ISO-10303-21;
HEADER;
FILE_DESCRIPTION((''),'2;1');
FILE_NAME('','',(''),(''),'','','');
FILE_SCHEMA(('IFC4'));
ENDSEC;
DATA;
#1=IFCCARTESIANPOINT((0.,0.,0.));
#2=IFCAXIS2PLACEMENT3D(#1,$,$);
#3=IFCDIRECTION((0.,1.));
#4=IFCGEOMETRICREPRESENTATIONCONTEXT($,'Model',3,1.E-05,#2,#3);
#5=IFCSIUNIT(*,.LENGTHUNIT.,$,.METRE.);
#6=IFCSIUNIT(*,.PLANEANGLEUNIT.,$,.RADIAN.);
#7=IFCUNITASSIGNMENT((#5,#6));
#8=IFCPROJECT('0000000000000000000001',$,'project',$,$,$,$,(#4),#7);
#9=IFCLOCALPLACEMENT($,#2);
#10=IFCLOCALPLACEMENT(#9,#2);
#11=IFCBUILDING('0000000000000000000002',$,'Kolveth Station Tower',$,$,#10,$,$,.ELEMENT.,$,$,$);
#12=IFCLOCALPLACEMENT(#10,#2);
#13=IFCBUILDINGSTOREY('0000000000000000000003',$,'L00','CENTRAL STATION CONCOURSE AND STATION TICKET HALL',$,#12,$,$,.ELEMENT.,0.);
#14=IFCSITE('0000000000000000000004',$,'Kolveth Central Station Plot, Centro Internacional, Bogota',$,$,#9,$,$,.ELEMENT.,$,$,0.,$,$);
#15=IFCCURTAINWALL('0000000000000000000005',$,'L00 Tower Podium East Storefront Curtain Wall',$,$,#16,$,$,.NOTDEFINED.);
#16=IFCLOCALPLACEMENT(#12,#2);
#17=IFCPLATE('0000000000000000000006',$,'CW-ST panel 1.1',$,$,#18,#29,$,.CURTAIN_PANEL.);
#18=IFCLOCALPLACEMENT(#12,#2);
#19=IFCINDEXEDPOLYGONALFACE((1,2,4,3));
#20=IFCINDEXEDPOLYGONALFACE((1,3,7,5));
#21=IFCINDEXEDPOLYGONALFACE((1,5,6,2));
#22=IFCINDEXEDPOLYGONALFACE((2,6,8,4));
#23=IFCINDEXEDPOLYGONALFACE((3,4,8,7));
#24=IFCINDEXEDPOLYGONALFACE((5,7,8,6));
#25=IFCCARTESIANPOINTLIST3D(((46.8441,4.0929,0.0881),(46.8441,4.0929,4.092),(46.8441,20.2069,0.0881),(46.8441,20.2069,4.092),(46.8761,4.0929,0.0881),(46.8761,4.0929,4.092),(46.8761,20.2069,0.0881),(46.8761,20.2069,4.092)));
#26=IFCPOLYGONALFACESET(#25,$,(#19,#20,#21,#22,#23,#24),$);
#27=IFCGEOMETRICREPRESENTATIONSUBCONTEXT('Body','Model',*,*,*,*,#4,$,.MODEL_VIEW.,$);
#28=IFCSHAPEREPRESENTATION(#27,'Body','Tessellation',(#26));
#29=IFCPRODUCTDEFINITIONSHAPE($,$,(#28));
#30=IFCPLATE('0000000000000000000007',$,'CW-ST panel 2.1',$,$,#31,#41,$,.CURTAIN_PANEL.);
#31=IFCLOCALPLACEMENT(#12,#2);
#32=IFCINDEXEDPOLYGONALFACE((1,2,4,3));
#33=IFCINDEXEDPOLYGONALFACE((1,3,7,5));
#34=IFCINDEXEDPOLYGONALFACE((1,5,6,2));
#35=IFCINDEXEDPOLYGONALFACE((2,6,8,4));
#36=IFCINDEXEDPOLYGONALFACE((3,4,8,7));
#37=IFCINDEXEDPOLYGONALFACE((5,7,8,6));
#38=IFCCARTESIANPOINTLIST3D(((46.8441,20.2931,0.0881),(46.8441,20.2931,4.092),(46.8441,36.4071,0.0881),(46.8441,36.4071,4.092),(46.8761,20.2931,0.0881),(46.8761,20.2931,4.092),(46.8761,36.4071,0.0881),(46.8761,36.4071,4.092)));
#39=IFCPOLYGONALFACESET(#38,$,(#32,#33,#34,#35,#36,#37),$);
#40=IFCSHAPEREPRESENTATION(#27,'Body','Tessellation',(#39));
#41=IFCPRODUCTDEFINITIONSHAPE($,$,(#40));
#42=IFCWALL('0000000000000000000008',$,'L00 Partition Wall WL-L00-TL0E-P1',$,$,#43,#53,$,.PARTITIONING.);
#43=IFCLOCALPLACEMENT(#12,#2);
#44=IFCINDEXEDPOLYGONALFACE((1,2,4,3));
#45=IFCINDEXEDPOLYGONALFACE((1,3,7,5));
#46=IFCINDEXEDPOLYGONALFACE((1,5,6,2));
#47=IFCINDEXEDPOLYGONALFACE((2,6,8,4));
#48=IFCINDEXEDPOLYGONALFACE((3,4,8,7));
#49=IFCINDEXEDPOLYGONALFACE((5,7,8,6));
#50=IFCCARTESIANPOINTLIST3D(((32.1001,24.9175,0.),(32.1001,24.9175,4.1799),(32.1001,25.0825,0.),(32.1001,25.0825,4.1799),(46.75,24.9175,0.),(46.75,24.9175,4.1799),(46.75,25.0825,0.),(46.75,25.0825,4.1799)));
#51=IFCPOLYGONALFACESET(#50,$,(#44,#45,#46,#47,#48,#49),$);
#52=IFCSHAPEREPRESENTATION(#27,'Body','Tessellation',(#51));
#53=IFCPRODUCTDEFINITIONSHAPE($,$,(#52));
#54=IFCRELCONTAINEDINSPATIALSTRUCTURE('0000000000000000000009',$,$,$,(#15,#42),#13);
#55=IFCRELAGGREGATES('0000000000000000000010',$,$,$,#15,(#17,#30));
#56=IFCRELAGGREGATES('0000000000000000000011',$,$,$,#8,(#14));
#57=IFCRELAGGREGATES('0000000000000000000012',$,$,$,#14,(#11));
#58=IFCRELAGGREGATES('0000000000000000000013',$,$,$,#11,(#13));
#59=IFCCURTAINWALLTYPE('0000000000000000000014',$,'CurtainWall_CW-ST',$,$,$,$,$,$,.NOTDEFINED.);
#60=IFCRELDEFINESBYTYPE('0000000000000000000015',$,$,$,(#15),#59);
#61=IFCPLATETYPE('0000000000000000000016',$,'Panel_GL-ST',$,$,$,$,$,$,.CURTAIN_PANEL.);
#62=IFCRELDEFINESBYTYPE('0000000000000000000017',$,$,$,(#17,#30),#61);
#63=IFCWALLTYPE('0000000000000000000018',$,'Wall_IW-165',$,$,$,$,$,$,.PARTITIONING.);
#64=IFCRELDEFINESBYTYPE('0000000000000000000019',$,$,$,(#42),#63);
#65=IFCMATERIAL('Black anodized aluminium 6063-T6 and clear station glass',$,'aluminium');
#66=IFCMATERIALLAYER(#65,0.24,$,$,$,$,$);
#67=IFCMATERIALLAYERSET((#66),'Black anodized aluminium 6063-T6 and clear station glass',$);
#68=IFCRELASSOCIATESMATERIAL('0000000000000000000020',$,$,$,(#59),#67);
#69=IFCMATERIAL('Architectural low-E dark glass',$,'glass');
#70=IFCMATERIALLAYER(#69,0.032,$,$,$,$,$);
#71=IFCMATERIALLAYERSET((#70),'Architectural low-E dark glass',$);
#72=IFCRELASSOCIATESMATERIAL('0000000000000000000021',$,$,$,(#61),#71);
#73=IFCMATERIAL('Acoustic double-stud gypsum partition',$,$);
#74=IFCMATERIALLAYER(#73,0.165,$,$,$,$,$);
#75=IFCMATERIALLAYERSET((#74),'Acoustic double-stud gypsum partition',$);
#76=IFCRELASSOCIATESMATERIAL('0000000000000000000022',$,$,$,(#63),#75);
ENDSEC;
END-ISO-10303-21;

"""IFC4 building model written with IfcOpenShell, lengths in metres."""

from ifc_helpers import new_model, si_unit, direction, frame, frame_2d, origin, origin_2d, place, context, subcontext, project, spatial, rectangle, extrude, source, transform, mapped, material, layer, layer_set, type_object, element, aggregate, save


model = new_model("IFC4")

# Units and contexts
model_context = context("Model", 3, precision=1e-05, world=origin(), true_north=direction((0.0, 1.0)))
body_context = subcontext(model_context, "Body", "Model", "MODEL_VIEW")
ifc_project = project(units=[si_unit("LENGTHUNIT", "METRE"), si_unit("PLANEANGLEUNIT", "RADIAN")], contexts=[model_context])

# Site, building, storey
site_placement = place(None, origin())
site = spatial("IfcSite", under=ifc_project, at=site_placement, Name="Kolveth Central Station Plot, Centro Internacional, Bogota", CompositionType="ELEMENT", RefElevation=0.0)
building_placement = place(site_placement, origin())
building = spatial("IfcBuilding", under=site, at=building_placement, Name="Kolveth Station Tower", CompositionType="ELEMENT")
storey_placement = place(building_placement, origin())
storey = spatial("IfcBuildingStorey", under=building, at=storey_placement, Name="L00", Description="CENTRAL STATION CONCOURSE AND STATION TICKET HALL", CompositionType="ELEMENT", Elevation=0.0)

# Curtain wall, plates
ifc_material_1 = material(Name="Black anodized aluminium 6063-T6 and clear station glass", Category="aluminium")
ifc_layer_1 = layer(ifc_material_1, 0.24)
ifc_layer_set_1 = layer_set([ifc_layer_1], Name="Black anodized aluminium 6063-T6 and clear station glass")
curtain_wall_type = type_object("IfcCurtainWallType", Name="CurtainWall_CW-ST", PredefinedType="NOTDEFINED", material=ifc_layer_set_1)
curtain_wall_placement = place(storey_placement, origin())
curtain_wall = element("IfcCurtainWall", 1, at=curtain_wall_placement, inside=storey, type_object=curtain_wall_type, Name="L00 Tower Podium East Storefront Curtain Wall", PredefinedType="NOTDEFINED")
ifc_material_2 = material(Name="Architectural low-E dark glass", Category="glass")
ifc_layer_2 = layer(ifc_material_2, 0.032)
ifc_layer_set_2 = layer_set([ifc_layer_2], Name="Architectural low-E dark glass")
plate_type = type_object("IfcPlateType", Name="Panel_GL-ST", PredefinedType="CURTAIN_PANEL", material=ifc_layer_set_2)
shared_shape_1 = source(origin(), body_context, "Body", "SweptSolid", [
    extrude(rectangle(XDim=16.114, YDim=0.032, at=origin_2d()), origin(), (0.0, 0.0, 1.0), 4.0039),
])
plate_1_placement = place(storey_placement, frame((46.8601, 12.1499, 0.0881), z_axis=(0.0, 0.0, 1.0), x_axis=(0.0, 1.0, 0.0)))
plate_1 = element("IfcPlate", 2, at=plate_1_placement, type_object=plate_type, Name="CW-ST panel 1.1", PredefinedType="CURTAIN_PANEL", context=body_context, shape_type="MappedRepresentation", body=[
    mapped(shared_shape_1, transform((0.0, 0.0, 0.0), x_axis=(1.0, 0.0, 0.0), y_axis=(0.0, 1.0, 0.0), z_axis=(0.0, 0.0, 1.0), scale=1.0)),
])
plate_2_placement = place(storey_placement, frame((46.8601, 28.3501, 0.0881), z_axis=(0.0, 0.0, 1.0), x_axis=(0.0, 1.0, 0.0)))
plate_2 = element("IfcPlate", 3, at=plate_2_placement, type_object=plate_type, Name="CW-ST panel 2.1", PredefinedType="CURTAIN_PANEL", context=body_context, shape_type="MappedRepresentation", body=[
    mapped(shared_shape_1, transform((0.0, 0.0, 0.0), x_axis=(1.0, 0.0, 0.0), y_axis=(0.0, 1.0, 0.0), z_axis=(0.0, 0.0, 1.0), scale=1.0)),
])
aggregate(curtain_wall, [plate_1, plate_2])

# Wall
ifc_material_3 = material(Name="Acoustic double-stud gypsum partition")
ifc_layer_3 = layer(ifc_material_3, 0.165)
ifc_layer_set_3 = layer_set([ifc_layer_3], Name="Acoustic double-stud gypsum partition")
wall_type = type_object("IfcWallType", Name="Wall_IW-165", PredefinedType="PARTITIONING", material=ifc_layer_set_3)
wall_placement = place(storey_placement, frame((32.1001, 25.0, 0.0), z_axis=(0.0, 0.0, 1.0), x_axis=(1.0, 0.0, 0.0)))
element("IfcWall", 4, at=wall_placement, inside=storey, type_object=wall_type, Name="L00 Partition Wall WL-L00-TL0E-P1", PredefinedType="PARTITIONING", context=body_context, shape_type="SweptSolid", body=[
    extrude(rectangle(XDim=14.6499, YDim=0.165, at=frame_2d((7.325, 0.0))), origin(), (0.0, 0.0, 1.0), 4.1799),
])

save(model, "model.ifc")
